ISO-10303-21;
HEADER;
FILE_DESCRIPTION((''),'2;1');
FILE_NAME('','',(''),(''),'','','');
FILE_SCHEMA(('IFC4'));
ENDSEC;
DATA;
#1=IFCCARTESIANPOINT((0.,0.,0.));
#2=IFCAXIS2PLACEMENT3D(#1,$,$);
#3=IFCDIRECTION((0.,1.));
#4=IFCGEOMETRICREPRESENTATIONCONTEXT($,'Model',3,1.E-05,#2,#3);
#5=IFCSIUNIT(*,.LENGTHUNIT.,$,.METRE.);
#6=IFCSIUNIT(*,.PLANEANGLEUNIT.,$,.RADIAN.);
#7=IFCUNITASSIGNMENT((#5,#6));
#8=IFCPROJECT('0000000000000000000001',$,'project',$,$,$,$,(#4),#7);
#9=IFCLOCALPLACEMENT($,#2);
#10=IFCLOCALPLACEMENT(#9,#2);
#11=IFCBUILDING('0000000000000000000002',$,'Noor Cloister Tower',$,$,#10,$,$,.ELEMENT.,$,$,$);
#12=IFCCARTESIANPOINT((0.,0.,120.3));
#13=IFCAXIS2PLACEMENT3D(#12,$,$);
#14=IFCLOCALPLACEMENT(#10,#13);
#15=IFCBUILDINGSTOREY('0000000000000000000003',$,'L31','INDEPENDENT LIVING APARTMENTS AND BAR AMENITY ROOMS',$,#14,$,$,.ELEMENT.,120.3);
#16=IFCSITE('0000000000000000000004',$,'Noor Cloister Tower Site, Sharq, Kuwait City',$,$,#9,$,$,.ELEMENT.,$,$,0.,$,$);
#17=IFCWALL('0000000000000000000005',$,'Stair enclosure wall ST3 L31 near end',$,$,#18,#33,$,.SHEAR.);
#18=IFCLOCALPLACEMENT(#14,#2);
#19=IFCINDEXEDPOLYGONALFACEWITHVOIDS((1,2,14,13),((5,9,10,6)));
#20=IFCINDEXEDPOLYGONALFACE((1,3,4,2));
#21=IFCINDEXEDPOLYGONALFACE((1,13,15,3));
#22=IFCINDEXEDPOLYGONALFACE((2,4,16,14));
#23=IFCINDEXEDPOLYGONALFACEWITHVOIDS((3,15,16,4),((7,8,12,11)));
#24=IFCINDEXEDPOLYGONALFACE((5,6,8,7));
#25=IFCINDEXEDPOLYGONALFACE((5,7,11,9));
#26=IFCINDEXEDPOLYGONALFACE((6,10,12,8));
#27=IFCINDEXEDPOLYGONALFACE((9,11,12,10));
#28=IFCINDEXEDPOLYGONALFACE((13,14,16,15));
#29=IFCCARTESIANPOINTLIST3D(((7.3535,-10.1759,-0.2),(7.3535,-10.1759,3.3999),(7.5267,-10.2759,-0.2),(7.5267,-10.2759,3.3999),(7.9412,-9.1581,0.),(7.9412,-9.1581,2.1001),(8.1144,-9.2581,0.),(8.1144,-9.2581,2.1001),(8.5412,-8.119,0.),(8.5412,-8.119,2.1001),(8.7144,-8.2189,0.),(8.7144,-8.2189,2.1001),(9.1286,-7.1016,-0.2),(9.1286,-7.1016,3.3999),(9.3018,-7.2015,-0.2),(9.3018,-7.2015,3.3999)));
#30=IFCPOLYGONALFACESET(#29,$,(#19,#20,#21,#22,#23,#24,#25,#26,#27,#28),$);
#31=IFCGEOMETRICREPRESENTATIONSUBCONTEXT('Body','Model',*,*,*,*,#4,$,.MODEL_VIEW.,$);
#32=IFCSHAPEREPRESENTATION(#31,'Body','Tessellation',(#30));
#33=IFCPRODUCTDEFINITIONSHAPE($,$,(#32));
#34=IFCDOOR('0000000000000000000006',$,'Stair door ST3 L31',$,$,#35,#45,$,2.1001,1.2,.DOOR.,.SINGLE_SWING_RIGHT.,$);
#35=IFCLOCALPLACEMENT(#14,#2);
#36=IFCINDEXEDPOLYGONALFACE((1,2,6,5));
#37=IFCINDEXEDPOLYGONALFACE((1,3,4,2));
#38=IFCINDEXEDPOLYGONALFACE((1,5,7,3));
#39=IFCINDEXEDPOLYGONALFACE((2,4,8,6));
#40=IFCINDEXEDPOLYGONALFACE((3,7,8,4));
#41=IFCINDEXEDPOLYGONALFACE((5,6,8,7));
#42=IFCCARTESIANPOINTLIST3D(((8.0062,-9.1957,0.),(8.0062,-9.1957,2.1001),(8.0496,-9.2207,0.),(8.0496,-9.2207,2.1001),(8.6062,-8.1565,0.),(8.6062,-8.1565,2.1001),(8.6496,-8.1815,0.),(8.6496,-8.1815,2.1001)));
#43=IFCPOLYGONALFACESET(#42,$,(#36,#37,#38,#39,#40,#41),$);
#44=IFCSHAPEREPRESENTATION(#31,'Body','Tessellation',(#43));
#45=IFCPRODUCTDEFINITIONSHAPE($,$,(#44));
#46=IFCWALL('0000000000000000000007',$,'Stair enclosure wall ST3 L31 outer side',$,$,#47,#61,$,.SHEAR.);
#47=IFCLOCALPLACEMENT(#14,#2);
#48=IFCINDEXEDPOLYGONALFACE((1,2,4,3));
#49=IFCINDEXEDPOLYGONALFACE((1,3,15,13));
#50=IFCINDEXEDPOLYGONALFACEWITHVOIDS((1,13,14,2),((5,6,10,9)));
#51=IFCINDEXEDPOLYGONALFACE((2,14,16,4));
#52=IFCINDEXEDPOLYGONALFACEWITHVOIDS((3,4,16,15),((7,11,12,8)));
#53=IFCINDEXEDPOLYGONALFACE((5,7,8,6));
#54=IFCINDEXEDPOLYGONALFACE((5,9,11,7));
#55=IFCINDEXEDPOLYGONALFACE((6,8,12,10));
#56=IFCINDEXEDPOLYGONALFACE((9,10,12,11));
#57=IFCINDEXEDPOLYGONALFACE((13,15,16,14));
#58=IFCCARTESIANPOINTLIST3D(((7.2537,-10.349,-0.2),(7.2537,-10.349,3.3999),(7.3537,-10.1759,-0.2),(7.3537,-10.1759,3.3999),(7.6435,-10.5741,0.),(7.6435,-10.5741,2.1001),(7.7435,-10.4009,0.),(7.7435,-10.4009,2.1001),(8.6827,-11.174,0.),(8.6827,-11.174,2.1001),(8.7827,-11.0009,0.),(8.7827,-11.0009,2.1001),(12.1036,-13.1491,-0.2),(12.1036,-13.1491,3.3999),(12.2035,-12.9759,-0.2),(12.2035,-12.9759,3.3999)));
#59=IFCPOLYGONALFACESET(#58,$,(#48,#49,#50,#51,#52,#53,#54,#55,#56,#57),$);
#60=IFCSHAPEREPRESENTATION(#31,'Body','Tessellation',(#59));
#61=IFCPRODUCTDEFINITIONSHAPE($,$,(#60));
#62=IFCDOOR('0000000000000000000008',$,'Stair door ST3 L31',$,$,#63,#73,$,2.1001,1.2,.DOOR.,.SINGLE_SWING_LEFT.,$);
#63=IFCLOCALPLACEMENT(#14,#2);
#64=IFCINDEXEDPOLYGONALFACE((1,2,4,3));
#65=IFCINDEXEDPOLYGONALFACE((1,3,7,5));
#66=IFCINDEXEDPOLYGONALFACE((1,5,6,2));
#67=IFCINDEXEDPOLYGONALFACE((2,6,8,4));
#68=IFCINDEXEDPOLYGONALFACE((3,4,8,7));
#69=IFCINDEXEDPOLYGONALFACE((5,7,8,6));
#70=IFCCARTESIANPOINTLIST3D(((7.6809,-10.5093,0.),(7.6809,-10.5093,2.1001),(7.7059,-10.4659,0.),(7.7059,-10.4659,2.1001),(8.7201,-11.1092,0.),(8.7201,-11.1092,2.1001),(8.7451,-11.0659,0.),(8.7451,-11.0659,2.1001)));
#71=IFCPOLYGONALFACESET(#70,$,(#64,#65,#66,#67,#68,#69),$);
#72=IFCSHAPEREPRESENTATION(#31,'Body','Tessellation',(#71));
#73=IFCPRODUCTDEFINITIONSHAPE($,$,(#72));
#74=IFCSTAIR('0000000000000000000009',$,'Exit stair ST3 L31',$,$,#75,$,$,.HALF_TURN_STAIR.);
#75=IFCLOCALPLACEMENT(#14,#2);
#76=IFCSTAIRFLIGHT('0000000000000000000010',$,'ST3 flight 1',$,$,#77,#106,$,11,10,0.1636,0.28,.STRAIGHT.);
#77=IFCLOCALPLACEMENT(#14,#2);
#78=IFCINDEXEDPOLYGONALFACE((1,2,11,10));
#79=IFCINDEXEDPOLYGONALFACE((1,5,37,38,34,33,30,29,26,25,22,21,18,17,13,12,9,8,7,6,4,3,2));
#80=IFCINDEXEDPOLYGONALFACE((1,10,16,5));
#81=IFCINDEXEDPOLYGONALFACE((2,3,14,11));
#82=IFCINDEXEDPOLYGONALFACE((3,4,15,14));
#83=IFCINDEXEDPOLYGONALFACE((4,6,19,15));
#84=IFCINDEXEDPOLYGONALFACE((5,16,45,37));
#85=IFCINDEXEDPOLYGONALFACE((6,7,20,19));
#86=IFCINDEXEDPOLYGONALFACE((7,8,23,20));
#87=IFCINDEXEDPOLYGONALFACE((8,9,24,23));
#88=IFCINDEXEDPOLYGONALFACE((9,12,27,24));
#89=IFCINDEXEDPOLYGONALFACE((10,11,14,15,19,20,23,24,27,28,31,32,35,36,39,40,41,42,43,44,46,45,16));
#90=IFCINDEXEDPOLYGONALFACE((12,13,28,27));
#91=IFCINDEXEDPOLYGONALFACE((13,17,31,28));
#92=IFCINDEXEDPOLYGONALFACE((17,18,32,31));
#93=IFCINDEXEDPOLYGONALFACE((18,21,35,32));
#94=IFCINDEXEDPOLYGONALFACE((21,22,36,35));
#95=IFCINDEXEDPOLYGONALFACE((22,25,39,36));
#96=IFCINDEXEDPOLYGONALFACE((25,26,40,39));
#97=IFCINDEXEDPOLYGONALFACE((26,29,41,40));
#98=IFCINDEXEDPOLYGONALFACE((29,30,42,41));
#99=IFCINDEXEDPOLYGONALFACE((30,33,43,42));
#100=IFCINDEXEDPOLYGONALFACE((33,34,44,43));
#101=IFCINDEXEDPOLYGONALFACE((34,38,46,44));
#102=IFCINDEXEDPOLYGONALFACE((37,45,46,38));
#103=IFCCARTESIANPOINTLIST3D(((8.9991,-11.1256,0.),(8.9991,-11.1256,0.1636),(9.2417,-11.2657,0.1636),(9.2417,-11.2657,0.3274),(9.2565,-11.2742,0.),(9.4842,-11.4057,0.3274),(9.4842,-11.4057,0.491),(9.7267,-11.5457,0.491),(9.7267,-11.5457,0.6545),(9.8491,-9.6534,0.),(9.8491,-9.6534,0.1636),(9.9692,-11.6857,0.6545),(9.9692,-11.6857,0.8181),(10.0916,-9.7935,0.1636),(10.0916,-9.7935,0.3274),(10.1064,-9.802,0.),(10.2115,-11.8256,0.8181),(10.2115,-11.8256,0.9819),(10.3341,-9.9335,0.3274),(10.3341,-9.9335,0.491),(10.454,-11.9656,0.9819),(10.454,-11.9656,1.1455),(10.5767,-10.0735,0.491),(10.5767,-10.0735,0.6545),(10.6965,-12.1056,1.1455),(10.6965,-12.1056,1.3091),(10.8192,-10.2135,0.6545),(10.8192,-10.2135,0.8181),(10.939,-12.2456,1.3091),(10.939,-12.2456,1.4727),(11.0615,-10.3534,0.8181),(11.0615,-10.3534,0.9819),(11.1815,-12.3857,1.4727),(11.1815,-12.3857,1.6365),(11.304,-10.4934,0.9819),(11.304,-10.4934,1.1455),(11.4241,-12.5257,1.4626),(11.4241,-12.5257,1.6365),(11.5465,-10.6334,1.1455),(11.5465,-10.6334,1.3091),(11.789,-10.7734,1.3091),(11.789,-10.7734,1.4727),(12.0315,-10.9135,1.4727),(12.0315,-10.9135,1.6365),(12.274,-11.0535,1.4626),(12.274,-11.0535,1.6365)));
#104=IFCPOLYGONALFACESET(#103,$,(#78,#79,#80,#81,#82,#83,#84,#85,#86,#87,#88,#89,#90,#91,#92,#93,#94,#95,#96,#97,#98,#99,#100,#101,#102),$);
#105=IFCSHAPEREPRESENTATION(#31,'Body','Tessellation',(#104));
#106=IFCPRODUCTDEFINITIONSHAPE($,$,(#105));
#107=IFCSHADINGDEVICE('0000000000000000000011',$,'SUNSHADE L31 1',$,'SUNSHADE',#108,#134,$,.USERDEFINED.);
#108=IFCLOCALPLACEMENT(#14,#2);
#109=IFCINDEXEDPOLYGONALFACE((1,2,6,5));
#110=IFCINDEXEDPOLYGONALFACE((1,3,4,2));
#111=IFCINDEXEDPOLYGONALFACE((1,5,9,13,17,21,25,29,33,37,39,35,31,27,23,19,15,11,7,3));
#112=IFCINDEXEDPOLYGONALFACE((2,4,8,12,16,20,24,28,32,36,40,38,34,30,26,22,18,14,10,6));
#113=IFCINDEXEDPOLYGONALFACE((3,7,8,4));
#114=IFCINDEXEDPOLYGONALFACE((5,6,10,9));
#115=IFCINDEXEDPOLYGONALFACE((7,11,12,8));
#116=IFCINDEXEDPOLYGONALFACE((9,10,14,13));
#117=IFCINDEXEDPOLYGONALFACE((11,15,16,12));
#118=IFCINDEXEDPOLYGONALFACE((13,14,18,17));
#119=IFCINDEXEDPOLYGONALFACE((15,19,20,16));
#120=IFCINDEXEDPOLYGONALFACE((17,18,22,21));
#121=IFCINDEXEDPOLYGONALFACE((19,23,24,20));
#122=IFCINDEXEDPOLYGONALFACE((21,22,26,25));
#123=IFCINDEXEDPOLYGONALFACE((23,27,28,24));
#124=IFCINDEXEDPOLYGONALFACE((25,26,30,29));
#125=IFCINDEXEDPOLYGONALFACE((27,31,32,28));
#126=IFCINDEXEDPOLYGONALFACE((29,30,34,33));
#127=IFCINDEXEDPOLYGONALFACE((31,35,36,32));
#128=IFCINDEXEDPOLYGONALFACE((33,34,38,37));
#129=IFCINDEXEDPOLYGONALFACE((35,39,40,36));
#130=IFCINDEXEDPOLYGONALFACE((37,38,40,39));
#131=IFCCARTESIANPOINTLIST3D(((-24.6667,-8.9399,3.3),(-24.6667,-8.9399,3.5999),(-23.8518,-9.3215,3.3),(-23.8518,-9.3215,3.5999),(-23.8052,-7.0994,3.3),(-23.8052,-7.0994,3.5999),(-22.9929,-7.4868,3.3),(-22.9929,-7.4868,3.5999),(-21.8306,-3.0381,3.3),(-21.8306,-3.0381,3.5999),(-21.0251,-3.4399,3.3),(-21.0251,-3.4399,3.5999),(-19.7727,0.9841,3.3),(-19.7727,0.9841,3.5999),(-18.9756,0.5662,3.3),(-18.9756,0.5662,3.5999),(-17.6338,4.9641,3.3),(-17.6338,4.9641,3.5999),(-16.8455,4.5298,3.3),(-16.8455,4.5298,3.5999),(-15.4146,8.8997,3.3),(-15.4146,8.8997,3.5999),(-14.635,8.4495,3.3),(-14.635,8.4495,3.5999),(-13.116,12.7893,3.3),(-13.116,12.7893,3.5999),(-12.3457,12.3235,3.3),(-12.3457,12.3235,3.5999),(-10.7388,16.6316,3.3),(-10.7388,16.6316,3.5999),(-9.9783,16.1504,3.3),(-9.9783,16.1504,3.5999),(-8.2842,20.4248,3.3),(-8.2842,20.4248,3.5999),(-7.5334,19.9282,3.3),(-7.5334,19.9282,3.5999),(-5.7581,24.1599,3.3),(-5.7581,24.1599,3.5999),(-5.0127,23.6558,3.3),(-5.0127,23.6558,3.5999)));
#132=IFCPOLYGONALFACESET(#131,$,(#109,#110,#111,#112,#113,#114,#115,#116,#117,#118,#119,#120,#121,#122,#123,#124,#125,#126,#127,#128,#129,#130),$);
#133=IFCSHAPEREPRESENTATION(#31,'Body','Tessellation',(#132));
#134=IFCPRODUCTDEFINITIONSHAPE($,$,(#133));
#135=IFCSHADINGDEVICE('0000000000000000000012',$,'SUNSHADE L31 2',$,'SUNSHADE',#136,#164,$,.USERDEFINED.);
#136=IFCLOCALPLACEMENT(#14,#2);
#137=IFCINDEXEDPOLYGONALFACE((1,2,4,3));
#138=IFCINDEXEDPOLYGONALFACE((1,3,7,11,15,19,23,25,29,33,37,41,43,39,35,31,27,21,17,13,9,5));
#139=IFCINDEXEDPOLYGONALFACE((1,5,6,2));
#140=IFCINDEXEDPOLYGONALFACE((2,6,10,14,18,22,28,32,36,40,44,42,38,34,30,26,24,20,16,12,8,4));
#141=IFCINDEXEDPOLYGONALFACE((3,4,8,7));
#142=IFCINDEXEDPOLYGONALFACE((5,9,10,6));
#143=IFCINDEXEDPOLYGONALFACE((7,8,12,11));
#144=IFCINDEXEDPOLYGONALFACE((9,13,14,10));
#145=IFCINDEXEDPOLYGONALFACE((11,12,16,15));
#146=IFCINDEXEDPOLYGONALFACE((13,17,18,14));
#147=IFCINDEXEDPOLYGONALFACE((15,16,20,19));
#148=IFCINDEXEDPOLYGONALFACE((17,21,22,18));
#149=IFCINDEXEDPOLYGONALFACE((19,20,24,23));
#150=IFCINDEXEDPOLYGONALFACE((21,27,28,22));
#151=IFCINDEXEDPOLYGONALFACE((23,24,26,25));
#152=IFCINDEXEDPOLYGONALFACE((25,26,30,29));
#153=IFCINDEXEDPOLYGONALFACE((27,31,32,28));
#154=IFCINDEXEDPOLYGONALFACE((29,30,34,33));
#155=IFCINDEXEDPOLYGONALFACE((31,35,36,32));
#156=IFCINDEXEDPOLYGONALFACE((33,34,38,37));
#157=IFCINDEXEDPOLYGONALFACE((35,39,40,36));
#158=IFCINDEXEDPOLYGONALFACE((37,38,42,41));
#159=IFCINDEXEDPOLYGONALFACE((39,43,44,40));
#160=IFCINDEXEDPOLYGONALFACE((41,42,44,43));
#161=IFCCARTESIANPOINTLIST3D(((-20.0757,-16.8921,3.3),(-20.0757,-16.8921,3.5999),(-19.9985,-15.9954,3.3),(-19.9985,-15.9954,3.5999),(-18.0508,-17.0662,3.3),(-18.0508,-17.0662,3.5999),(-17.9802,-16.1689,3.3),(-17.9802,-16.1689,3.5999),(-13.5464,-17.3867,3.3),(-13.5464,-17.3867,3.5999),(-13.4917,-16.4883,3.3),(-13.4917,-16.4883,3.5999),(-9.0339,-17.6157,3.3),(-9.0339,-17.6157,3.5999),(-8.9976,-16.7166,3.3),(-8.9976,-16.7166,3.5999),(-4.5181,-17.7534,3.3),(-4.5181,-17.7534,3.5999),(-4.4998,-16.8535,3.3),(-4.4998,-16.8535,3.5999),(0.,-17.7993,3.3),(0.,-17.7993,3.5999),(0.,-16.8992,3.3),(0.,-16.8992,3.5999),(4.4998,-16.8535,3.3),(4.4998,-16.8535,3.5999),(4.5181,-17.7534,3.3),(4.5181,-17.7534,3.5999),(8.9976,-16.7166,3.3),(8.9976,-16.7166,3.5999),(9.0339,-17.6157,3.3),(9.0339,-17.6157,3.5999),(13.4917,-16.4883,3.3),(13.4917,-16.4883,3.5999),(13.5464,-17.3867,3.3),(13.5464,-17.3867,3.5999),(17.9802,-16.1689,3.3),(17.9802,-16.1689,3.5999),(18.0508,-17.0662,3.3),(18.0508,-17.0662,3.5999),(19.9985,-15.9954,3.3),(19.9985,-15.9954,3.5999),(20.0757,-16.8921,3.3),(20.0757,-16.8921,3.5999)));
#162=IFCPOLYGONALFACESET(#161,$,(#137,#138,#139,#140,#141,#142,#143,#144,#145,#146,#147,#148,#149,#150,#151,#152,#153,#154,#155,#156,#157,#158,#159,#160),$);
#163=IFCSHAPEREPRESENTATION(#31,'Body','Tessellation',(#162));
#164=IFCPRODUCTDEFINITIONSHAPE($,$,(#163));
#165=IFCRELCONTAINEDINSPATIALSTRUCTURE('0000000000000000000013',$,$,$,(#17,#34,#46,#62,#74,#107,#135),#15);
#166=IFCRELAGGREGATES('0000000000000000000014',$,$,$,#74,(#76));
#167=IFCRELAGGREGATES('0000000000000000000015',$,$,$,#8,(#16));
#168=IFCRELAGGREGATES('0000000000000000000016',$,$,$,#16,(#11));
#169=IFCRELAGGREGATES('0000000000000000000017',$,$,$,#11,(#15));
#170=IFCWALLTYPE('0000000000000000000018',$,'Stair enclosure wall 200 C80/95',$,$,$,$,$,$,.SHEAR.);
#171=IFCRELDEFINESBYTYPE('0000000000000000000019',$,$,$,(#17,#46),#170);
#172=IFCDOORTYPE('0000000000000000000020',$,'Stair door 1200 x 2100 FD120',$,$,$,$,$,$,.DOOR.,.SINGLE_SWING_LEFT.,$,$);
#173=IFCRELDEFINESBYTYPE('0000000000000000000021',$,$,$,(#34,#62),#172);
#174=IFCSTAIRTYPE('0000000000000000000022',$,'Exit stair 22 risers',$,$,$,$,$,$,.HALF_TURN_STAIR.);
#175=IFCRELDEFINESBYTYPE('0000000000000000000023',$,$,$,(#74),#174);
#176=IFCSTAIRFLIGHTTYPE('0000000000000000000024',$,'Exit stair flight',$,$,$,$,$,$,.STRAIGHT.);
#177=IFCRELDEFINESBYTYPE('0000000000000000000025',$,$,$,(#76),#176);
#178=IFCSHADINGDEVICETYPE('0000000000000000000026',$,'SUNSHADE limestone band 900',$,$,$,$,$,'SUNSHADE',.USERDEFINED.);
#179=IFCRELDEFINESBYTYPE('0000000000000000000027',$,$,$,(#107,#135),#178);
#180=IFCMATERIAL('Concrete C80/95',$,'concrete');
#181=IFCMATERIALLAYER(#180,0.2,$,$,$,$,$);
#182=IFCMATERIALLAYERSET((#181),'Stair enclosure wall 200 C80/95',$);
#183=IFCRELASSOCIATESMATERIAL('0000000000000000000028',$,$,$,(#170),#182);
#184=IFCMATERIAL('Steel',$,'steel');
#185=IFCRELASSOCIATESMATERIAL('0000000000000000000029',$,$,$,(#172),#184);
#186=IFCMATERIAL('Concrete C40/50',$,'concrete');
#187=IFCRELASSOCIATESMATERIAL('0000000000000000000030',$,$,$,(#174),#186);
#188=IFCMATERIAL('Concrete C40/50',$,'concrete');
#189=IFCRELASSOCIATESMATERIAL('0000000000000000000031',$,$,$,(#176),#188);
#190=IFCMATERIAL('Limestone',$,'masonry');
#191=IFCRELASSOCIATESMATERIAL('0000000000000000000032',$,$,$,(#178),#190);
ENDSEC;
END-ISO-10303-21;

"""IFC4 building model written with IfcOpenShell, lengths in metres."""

from ifc_helpers import new_model, si_unit, direction, frame, frame_2d, origin, place, context, subcontext, project, spatial, polyline, rectangle, outline, extrude, material, layer, layer_set, type_object, element, fill, aggregate, save


model = new_model("IFC4")

# Units and contexts
model_context = context("Model", 3, precision=1e-05, world=origin(), true_north=direction((0.0, 1.0)))
body_context = subcontext(model_context, "Body", "Model", "MODEL_VIEW")
ifc_project = project(units=[si_unit("LENGTHUNIT", "METRE"), si_unit("PLANEANGLEUNIT", "RADIAN")], contexts=[model_context])

# Site, building, storey
site_placement = place(None, origin())
site = spatial("IfcSite", under=ifc_project, at=site_placement, Name="Noor Cloister Tower Site, Sharq, Kuwait City", CompositionType="ELEMENT", RefElevation=0.0)
building_placement = place(site_placement, origin())
building = spatial("IfcBuilding", under=site, at=building_placement, Name="Noor Cloister Tower", CompositionType="ELEMENT")
storey_placement = place(building_placement, frame((0.0, 0.0, 120.3)))
storey = spatial("IfcBuildingStorey", under=building, at=storey_placement, Name="L31", Description="INDEPENDENT LIVING APARTMENTS AND BAR AMENITY ROOMS", CompositionType="ELEMENT", Elevation=120.3)

# Walls, openings, doors
ifc_material_1 = material(Name="Concrete C80/95", Category="concrete")
ifc_layer_1 = layer(ifc_material_1, 0.2)
ifc_layer_set_1 = layer_set([ifc_layer_1], Name="Stair enclosure wall 200 C80/95")
wall_type_1 = type_object("IfcWallType", Name="Stair enclosure wall 200 C80/95", PredefinedType="SHEAR", material=ifc_layer_set_1)
wall_1_placement = place(storey_placement, frame((7.4402, -10.2258, -0.2), z_axis=(0.0, 0.0, 1.0), x_axis=(0.500022, 0.866013, 0.0)))
wall_1 = element("IfcWall", 1, at=wall_1_placement, inside=storey, type_object=wall_type_1, Name="Stair enclosure wall ST3 L31 near end", PredefinedType="SHEAR", context=body_context, shape_type="SweptSolid", body=[
    extrude(rectangle(XDim=3.55, YDim=0.2, at=frame_2d((1.7749, 0.0))), origin(), (0.0, 0.0, 1.0), 3.5999),
])
opening_1_placement = place(wall_1_placement, frame((1.175, 0.0, 0.2)))
opening_1 = element("IfcOpeningElement", 2, at=opening_1_placement, cuts=wall_1, PredefinedType="OPENING", context=body_context, shape_type="SweptSolid", body=[
    extrude(rectangle(XDim=1.2, YDim=2.1001, at=frame_2d((0.6001, 1.05))), frame((0.0, 0.1099, 0.0), z_axis=(0.0, -1.0, 0.0), x_axis=(1.0, 0.0, 0.0)), (0.0, 0.0, 1.0), 0.22),
])
ifc_material_2 = material(Name="Steel", Category="steel")
door_type_1 = type_object("IfcDoorType", Name="Stair door 1200 x 2100 FD120", OperationType="SINGLE_SWING_LEFT", PredefinedType="DOOR", material=ifc_material_2)
door_1_placement = place(opening_1_placement, origin())
door_1 = element("IfcDoor", 3, at=door_1_placement, inside=storey, type_object=door_type_1, Name="Stair door ST3 L31", OperationType="SINGLE_SWING_RIGHT", OverallHeight=2.1001, OverallWidth=1.2, PredefinedType="DOOR", context=body_context, shape_type="SweptSolid", body=[
    extrude(rectangle(XDim=1.2, YDim=2.1001, at=frame_2d((0.6001, 1.05))), frame((0.0, 0.0249, 0.0), z_axis=(0.0, -1.0, 0.0), x_axis=(1.0, 0.0, 0.0)), (0.0, 0.0, 1.0), 0.05),
])
fill(opening_1, door_1)
wall_2_placement = place(storey_placement, frame((7.3037, -10.2625, -0.2), z_axis=(0.0, 0.0, 1.0), x_axis=(0.866027, -0.499998, 0.0)))
wall_2 = element("IfcWall", 4, at=wall_2_placement, inside=storey, type_object=wall_type_1, Name="Stair enclosure wall ST3 L31 outer side", PredefinedType="SHEAR", context=body_context, shape_type="SweptSolid", body=[
    extrude(rectangle(XDim=5.6001, YDim=0.2, at=frame_2d((2.8, 0.0))), origin(), (0.0, 0.0, 1.0), 3.5999),
])
opening_2_placement = place(wall_2_placement, frame((0.45, 0.0, 0.2)))
opening_2 = element("IfcOpeningElement", 5, at=opening_2_placement, cuts=wall_2, PredefinedType="OPENING", context=body_context, shape_type="SweptSolid", body=[
    extrude(rectangle(XDim=1.2, YDim=2.1001, at=frame_2d((0.6001, 1.05))), frame((0.0, 0.1099, 0.0), z_axis=(0.0, -1.0, 0.0), x_axis=(1.0, 0.0, 0.0)), (0.0, 0.0, 1.0), 0.22),
])
door_2_placement = place(opening_2_placement, origin())
door_2 = element("IfcDoor", 6, at=door_2_placement, inside=storey, type_object=door_type_1, Name="Stair door ST3 L31", OperationType="SINGLE_SWING_LEFT", OverallHeight=2.1001, OverallWidth=1.2, PredefinedType="DOOR", context=body_context, shape_type="SweptSolid", body=[
    extrude(rectangle(XDim=1.2, YDim=2.1001, at=frame_2d((0.6001, 1.05))), frame((0.0, 0.0249, 0.0), z_axis=(0.0, -1.0, 0.0), x_axis=(1.0, 0.0, 0.0)), (0.0, 0.0, 1.0), 0.05),
])
fill(opening_2, door_2)

# Stair, stair flight
ifc_material_3 = material(Name="Concrete C40/50", Category="concrete")
stair_type = type_object("IfcStairType", Name="Exit stair 22 risers", PredefinedType="HALF_TURN_STAIR", material=ifc_material_3)
stair_placement = place(storey_placement, origin())
stair = element("IfcStair", 7, at=stair_placement, inside=storey, type_object=stair_type, Name="Exit stair ST3 L31", PredefinedType="HALF_TURN_STAIR")
ifc_material_4 = material(Name="Concrete C40/50", Category="concrete")
stair_flight_type = type_object("IfcStairFlightType", Name="Exit stair flight", PredefinedType="STRAIGHT", material=ifc_material_4)
stair_flight_placement = place(storey_placement, frame((9.4241, -10.3896, 0.0), z_axis=(0.0, 0.0, 1.0), x_axis=(0.866025, -0.5, 0.0)))
stair_flight = element("IfcStairFlight", 8, at=stair_flight_placement, type_object=stair_flight_type, Name="ST3 flight 1", NumberOfRisers=11, NumberOfTreads=10, PredefinedType="STRAIGHT", RiserHeight=0.1636, TreadLength=0.28, context=body_context, shape_type="SweptSolid", body=[
    extrude(outline(polyline([(0.0, 0.0), (0.0, 0.1636), (0.28, 0.1636), (0.28, 0.3274), (0.5601, 0.3274), (0.5601, 0.491), (0.8401, 0.491), (0.8401, 0.6545), (1.1201, 0.6545), (1.1201, 0.8181), (1.3999, 0.8181), (1.3999, 0.9819), (1.6799, 0.9819), (1.6799, 1.1455), (1.96, 1.1455), (1.96, 1.3091), (2.24, 1.3091), (2.24, 1.4727), (2.52, 1.4727), (2.52, 1.6365), (2.8, 1.6365), (2.8, 1.8), (2.8, 1.4626), (0.2971, 0.0), (0.0, 0.0)])), frame((0.0, 0.8501, 0.0), z_axis=(0.0, -1.0, 0.0), x_axis=(1.0, 0.0, 0.0)), (0.0, 0.0, 1.0), 1.7),
])
aggregate(stair, [stair_flight])

# Shading devices
ifc_material_5 = material(Name="Limestone", Category="masonry")
shading_device_type = type_object("IfcShadingDeviceType", Name="SUNSHADE limestone band 900", ElementType="SUNSHADE", PredefinedType="USERDEFINED", material=ifc_material_5)
shading_device_1_placement = place(storey_placement, frame((0.0, 0.0, 3.3)))
element("IfcShadingDevice", 9, at=shading_device_1_placement, inside=storey, type_object=shading_device_type, Name="SUNSHADE L31 1", ObjectType="SUNSHADE", PredefinedType="USERDEFINED", context=body_context, shape_type="SweptSolid", body=[
    extrude(outline(polyline([(-5.7581, 24.1599), (-8.2842, 20.4248), (-10.7388, 16.6316), (-13.116, 12.7893), (-15.4146, 8.8997), (-17.6338, 4.9641), (-19.7727, 0.9841), (-21.8306, -3.0381), (-23.8052, -7.0994), (-24.6667, -8.9399), (-23.8518, -9.3215), (-22.9929, -7.4868), (-21.0251, -3.4399), (-18.9756, 0.5662), (-16.8455, 4.5298), (-14.635, 8.4495), (-12.3457, 12.3235), (-9.9783, 16.1504), (-7.5334, 19.9282), (-5.0127, 23.6558), (-5.7581, 24.1599)])), origin(), (0.0, 0.0, 1.0), 0.2998),
])
shading_device_2_placement = place(storey_placement, frame((0.0, 0.0, 3.3)))
element("IfcShadingDevice", 10, at=shading_device_2_placement, inside=storey, type_object=shading_device_type, Name="SUNSHADE L31 2", ObjectType="SUNSHADE", PredefinedType="USERDEFINED", context=body_context, shape_type="SweptSolid", body=[
    extrude(outline(polyline([(-20.0757, -16.8921), (-18.0508, -17.0662), (-13.5464, -17.3867), (-9.0339, -17.6157), (-4.5181, -17.7534), (0.0, -17.7993), (4.5181, -17.7534), (9.0339, -17.6157), (13.5464, -17.3867), (18.0508, -17.0662), (20.0757, -16.8921), (19.9985, -15.9954), (17.9802, -16.1689), (13.4917, -16.4883), (8.9976, -16.7166), (4.4998, -16.8535), (0.0, -16.8992), (-4.4998, -16.8535), (-8.9976, -16.7166), (-13.4917, -16.4883), (-17.9802, -16.1689), (-19.9985, -15.9954), (-20.0757, -16.8921)])), origin(), (0.0, 0.0, 1.0), 0.2998),
])

save(model, "model.ifc")
